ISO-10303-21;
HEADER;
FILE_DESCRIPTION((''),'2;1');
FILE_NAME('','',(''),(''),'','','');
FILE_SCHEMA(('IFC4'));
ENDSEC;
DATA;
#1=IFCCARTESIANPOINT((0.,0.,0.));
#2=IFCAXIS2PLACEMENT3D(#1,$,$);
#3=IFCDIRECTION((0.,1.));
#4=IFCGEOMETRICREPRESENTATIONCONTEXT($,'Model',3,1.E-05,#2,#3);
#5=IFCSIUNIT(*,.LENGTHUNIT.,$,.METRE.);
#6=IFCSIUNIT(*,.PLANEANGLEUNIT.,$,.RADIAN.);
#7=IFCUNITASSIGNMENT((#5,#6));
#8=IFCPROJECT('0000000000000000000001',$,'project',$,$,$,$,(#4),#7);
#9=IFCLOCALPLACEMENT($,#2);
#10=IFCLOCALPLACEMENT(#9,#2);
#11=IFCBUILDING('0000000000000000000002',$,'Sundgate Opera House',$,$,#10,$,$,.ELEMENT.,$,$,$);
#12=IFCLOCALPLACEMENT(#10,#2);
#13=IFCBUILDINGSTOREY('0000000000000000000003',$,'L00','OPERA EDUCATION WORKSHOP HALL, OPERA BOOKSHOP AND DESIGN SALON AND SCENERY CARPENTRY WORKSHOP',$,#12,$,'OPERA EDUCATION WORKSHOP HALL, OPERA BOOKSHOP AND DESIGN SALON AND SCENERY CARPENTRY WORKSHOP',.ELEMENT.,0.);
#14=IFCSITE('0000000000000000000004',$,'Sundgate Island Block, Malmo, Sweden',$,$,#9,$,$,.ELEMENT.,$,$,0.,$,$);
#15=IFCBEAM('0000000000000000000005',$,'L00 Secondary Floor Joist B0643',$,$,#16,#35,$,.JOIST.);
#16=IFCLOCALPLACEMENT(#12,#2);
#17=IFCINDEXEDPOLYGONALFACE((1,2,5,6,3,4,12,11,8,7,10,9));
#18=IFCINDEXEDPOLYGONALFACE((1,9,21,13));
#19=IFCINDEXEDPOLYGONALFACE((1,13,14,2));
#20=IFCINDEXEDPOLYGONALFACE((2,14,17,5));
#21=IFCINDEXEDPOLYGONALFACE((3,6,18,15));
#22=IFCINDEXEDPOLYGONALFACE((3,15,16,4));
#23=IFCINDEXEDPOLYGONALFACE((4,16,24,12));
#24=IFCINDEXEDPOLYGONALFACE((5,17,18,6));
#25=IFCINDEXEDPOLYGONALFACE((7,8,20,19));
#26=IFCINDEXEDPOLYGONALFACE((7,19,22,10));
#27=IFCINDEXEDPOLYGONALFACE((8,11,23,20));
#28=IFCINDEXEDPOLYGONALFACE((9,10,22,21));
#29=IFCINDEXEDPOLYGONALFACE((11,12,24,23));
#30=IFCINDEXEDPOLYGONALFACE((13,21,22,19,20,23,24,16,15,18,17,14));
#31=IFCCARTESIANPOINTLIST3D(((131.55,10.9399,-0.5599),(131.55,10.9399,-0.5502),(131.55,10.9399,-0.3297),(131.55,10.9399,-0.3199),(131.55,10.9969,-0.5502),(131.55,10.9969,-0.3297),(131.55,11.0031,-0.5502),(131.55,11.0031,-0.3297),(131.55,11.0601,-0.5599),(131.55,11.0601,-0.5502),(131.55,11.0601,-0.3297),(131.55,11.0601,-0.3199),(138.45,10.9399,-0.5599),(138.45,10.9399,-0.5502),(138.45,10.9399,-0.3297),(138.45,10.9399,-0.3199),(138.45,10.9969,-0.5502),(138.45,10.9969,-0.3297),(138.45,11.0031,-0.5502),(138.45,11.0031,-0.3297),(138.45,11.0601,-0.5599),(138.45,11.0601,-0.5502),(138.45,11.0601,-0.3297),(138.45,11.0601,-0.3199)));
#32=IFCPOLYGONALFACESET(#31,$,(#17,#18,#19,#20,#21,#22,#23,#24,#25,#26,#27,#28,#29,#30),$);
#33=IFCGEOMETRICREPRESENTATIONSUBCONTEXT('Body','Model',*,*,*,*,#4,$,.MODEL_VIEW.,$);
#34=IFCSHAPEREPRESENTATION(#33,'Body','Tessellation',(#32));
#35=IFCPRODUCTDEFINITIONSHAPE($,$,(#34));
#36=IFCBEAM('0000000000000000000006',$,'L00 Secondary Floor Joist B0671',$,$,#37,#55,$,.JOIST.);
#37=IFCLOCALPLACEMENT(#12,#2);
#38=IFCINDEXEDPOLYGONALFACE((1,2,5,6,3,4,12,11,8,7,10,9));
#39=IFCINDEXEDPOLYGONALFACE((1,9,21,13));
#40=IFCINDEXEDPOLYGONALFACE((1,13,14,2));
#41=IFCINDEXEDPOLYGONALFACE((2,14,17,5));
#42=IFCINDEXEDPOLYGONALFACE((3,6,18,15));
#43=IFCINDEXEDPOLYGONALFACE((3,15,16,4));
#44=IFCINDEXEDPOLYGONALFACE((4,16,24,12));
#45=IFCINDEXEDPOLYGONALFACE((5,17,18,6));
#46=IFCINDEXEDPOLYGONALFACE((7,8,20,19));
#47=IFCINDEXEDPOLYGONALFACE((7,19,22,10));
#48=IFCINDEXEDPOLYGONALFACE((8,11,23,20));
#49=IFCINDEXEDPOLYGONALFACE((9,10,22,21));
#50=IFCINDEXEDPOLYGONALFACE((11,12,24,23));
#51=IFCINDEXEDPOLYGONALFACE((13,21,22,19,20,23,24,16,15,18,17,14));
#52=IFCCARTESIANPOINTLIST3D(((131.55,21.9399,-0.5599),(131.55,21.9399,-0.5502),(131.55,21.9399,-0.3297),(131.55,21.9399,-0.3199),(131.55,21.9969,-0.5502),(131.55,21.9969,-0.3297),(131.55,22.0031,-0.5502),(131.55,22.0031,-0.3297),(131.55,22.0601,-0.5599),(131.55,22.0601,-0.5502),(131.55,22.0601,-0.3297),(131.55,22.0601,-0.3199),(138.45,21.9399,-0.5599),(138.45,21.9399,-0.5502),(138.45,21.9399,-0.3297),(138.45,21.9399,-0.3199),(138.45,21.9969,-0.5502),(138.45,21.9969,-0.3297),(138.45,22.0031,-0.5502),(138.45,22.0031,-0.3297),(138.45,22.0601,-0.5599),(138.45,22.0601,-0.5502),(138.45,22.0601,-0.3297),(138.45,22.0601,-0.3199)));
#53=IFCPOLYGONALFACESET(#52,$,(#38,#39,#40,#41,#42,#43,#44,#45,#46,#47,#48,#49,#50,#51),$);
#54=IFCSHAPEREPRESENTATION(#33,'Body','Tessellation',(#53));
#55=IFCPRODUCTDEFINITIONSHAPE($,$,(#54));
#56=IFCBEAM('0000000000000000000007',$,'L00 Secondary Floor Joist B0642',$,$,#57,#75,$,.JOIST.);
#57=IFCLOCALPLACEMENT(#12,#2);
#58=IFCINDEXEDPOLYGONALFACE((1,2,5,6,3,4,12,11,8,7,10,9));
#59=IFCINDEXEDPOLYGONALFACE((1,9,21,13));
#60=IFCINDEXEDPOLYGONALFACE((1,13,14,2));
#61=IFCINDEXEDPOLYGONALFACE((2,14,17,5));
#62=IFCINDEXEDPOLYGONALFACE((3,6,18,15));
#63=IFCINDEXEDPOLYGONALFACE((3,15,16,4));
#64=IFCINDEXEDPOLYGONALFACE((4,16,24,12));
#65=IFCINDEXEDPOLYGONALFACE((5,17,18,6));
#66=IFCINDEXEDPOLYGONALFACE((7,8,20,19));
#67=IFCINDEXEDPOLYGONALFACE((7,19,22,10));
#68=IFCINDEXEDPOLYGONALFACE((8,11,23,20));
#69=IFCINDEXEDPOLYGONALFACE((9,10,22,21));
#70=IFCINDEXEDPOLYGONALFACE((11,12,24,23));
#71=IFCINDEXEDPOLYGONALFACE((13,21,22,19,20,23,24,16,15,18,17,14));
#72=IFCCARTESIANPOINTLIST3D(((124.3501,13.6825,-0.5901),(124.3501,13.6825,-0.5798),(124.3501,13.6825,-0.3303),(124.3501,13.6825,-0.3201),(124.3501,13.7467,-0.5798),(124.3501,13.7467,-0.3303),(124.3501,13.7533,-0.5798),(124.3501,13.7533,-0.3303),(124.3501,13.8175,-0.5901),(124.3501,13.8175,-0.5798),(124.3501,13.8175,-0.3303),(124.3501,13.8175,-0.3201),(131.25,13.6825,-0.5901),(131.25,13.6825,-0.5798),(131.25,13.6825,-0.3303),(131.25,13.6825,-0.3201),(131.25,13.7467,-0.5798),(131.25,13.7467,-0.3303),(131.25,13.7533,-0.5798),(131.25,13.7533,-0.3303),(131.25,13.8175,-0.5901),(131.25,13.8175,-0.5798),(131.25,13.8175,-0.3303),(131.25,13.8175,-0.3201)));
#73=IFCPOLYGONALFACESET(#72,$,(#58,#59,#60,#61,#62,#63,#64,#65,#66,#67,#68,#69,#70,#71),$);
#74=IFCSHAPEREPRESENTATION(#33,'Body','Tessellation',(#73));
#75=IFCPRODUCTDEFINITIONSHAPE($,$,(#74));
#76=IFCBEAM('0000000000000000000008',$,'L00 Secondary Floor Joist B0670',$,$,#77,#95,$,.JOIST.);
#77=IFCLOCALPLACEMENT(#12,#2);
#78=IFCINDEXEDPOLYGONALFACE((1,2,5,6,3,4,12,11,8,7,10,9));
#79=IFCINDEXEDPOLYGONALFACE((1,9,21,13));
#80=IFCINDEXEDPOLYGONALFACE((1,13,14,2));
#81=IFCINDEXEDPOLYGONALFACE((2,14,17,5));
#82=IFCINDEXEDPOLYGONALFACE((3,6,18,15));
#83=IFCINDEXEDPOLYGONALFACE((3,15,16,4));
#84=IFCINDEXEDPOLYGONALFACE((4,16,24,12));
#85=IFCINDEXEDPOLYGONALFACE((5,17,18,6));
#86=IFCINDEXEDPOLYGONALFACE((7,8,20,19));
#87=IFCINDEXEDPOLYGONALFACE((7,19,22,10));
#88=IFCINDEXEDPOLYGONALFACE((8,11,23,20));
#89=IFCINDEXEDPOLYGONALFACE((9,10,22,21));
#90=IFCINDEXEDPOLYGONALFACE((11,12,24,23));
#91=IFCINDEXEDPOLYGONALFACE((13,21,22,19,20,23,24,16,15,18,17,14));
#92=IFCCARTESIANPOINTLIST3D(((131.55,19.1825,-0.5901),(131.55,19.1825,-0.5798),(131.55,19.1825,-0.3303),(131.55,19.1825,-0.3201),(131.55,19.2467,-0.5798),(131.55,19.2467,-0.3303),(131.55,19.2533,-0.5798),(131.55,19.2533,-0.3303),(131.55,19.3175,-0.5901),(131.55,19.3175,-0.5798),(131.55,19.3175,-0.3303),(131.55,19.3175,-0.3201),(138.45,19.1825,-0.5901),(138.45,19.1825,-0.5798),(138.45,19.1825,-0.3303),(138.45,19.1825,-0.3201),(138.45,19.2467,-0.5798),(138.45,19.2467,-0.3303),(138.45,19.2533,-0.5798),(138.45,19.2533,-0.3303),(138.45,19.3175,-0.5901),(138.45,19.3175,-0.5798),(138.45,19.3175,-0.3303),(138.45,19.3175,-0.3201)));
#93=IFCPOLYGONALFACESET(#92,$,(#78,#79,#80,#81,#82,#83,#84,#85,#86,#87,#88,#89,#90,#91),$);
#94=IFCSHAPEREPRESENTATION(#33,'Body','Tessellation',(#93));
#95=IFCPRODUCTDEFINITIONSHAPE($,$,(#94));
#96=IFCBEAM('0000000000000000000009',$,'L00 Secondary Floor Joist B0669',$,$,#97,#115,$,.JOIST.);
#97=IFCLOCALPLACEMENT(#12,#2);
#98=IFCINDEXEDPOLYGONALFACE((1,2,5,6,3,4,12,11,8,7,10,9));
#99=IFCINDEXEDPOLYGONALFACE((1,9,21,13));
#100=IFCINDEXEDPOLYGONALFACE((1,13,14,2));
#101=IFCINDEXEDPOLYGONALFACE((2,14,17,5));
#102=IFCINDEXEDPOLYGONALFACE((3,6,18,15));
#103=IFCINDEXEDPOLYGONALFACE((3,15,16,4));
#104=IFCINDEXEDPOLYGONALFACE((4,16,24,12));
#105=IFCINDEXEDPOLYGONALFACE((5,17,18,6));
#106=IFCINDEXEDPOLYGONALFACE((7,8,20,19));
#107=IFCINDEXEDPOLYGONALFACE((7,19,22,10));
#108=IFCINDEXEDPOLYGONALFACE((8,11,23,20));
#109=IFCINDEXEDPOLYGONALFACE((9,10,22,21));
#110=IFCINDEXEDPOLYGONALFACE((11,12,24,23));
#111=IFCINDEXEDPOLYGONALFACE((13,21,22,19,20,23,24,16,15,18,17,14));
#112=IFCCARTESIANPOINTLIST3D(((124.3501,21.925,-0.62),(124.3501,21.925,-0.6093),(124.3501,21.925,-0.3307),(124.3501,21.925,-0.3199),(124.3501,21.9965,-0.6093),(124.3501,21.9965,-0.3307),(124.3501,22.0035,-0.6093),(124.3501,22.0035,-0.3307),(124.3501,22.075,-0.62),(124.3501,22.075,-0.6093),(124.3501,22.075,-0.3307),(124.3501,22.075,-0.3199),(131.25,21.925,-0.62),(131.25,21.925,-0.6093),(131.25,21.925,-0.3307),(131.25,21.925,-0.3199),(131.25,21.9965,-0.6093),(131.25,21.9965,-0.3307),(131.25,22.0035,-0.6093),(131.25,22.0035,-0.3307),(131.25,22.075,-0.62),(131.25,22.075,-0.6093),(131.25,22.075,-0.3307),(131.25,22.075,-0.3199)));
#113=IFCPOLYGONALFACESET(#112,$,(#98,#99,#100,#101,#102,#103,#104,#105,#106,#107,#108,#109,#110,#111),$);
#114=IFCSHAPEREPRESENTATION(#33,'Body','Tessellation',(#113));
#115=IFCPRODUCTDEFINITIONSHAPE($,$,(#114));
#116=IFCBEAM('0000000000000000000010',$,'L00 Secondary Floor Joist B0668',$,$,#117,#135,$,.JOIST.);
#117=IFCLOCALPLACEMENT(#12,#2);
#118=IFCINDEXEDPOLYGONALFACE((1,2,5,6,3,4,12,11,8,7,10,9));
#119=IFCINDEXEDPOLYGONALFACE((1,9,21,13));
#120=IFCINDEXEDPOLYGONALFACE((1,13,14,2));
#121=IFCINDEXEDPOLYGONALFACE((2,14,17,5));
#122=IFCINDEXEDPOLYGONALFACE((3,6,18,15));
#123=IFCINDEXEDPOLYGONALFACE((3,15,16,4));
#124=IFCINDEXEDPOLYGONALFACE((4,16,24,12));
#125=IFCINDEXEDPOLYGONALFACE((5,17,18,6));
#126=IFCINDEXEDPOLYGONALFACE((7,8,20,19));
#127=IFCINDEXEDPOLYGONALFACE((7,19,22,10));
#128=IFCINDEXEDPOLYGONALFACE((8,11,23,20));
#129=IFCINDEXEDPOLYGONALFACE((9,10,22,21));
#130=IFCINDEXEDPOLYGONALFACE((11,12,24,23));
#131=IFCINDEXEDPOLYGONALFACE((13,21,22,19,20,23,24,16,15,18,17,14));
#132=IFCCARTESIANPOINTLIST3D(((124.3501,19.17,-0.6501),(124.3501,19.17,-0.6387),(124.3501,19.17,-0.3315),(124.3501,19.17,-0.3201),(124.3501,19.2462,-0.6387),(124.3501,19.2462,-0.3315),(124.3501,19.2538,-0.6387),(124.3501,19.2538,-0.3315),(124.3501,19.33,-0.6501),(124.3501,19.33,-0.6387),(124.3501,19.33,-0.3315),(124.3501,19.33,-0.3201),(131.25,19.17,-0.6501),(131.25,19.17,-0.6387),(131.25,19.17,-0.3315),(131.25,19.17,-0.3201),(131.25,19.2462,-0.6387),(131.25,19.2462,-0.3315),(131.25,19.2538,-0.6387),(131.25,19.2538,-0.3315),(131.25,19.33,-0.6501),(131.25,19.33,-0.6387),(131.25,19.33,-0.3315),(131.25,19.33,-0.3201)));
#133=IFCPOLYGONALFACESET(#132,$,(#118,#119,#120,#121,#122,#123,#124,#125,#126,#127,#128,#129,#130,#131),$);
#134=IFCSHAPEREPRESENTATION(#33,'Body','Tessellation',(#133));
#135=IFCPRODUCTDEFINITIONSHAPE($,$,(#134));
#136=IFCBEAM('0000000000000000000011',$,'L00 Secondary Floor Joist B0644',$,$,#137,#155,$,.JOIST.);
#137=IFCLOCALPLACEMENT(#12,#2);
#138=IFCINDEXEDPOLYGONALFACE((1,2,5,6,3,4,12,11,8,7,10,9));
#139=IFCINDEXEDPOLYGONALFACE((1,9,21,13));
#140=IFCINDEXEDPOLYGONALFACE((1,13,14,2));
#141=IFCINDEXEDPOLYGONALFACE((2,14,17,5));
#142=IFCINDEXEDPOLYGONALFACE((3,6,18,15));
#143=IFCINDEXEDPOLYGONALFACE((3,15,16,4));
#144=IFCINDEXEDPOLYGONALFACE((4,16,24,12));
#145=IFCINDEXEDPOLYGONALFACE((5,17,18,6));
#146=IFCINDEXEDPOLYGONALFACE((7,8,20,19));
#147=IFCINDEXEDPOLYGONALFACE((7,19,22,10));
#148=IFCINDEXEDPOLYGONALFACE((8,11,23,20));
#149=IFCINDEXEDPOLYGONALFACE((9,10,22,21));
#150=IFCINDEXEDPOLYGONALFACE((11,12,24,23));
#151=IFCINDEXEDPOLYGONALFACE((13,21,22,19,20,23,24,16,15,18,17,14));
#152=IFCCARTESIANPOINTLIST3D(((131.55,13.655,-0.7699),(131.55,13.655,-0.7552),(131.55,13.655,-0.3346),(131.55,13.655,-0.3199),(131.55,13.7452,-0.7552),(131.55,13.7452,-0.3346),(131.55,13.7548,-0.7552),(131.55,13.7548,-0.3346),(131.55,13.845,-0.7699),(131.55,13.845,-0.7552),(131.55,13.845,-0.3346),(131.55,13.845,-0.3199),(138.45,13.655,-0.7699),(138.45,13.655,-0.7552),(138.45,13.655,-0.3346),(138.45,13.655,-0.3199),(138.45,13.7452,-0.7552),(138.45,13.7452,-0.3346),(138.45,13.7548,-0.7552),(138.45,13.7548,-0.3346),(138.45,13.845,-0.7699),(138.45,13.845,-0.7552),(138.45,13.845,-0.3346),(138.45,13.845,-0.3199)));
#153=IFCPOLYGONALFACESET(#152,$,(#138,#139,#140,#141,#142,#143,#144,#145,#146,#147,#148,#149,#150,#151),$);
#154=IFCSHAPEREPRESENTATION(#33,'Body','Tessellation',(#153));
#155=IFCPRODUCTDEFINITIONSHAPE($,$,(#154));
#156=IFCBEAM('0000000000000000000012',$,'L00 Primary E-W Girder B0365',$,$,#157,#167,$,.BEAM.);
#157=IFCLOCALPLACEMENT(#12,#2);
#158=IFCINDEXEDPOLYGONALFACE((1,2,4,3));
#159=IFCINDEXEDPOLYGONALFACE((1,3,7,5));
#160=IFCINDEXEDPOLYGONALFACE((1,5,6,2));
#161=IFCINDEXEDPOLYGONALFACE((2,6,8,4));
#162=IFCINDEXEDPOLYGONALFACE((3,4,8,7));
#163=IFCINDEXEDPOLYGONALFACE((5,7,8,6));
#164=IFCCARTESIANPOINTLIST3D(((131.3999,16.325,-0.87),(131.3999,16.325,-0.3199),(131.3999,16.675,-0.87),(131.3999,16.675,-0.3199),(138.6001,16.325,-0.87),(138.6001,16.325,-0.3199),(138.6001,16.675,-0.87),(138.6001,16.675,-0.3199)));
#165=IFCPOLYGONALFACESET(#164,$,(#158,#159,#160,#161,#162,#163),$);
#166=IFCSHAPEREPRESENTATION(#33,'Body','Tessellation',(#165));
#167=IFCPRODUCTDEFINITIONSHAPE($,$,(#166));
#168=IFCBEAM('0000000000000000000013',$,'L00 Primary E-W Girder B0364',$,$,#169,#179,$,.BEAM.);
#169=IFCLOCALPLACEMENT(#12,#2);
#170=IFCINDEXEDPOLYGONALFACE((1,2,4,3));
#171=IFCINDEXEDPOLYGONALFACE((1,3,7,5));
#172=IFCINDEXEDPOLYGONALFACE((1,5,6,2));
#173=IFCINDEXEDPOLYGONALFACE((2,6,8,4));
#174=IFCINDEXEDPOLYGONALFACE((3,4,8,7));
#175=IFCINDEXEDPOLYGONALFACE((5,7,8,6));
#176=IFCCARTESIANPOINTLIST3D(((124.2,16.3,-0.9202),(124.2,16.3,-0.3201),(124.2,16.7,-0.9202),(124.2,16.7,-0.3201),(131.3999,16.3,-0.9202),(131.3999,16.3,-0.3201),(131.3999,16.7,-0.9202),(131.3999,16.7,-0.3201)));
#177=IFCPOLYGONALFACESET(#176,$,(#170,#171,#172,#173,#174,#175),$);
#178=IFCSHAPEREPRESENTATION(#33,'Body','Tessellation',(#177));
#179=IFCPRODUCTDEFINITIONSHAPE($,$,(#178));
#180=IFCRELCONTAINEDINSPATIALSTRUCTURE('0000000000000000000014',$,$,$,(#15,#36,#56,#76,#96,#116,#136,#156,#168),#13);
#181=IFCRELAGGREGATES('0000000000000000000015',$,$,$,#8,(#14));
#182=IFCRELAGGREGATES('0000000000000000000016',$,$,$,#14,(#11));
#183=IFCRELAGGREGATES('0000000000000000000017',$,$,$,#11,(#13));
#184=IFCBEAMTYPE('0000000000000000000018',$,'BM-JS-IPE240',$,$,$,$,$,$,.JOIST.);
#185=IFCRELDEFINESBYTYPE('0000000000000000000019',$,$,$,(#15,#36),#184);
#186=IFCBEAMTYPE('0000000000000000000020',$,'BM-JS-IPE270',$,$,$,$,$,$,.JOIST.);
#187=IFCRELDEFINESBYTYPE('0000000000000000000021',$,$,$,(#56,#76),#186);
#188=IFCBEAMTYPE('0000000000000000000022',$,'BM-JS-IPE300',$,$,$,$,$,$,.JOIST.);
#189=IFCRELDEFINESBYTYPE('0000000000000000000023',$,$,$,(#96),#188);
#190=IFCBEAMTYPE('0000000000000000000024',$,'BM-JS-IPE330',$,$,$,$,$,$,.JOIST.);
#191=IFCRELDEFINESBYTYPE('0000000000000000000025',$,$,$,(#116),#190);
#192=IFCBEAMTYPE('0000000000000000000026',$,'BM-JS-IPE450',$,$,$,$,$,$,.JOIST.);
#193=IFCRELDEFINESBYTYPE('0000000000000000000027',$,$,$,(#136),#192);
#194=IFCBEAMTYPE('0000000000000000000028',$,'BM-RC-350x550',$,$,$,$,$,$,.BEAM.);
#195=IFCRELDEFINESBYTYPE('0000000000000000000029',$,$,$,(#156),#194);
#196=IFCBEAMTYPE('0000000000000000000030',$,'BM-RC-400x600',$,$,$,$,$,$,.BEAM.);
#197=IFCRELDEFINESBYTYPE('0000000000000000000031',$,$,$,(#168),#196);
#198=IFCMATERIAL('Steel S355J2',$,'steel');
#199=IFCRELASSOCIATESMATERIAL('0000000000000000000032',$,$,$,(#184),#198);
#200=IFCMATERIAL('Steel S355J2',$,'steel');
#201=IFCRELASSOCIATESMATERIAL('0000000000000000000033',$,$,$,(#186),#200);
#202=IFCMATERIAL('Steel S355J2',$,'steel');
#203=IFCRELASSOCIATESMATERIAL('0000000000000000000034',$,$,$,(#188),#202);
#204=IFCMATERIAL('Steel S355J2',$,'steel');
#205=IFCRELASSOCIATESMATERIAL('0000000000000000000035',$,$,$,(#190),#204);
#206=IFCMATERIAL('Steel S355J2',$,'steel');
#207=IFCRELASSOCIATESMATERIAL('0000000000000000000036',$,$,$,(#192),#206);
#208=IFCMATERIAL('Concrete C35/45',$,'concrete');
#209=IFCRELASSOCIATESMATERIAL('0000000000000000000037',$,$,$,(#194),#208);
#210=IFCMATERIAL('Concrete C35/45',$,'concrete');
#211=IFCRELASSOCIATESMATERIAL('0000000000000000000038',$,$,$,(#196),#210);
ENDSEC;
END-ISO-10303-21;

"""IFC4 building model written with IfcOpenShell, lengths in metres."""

from ifc_helpers import new_model, si_unit, direction, frame, origin, origin_2d, place, context, subcontext, project, spatial, rectangle, i_section, extrude, material, material_profile, profile_set, type_object, element, save


model = new_model("IFC4")

# Units and contexts
model_context = context("Model", 3, precision=1e-05, world=origin(), true_north=direction((0.0, 1.0)))
body_context = subcontext(model_context, "Body", "Model", "MODEL_VIEW")
ifc_project = project(units=[si_unit("LENGTHUNIT", "METRE"), si_unit("PLANEANGLEUNIT", "RADIAN")], contexts=[model_context])

# Site, building, storey
site_placement = place(None, origin())
site = spatial("IfcSite", under=ifc_project, at=site_placement, Name="Sundgate Island Block, Malmo, Sweden", CompositionType="ELEMENT", RefElevation=0.0)
building_placement = place(site_placement, origin())
building = spatial("IfcBuilding", under=site, at=building_placement, Name="Sundgate Opera House", CompositionType="ELEMENT")
storey_placement = place(building_placement, origin())
storey = spatial("IfcBuildingStorey", under=building, at=storey_placement, Name="L00", Description="OPERA EDUCATION WORKSHOP HALL, OPERA BOOKSHOP AND DESIGN SALON AND SCENERY CARPENTRY WORKSHOP", LongName="OPERA EDUCATION WORKSHOP HALL, OPERA BOOKSHOP AND DESIGN SALON AND SCENERY CARPENTRY WORKSHOP", CompositionType="ELEMENT", Elevation=0.0)

# Beams
ifc_material_1 = material(Name="Steel S355J2", Category="steel")
ifc_material_profile_1 = material_profile(ifc_material_1, i_section(OverallWidth=0.1201, OverallDepth=0.24, WebThickness=0.0061, FlangeThickness=0.0098, at=origin_2d()), Name="IPE 240")
ifc_profile_set_1 = profile_set([ifc_material_profile_1], Name="Steel S355J2")
beam_type_1 = type_object("IfcBeamType", Name="BM-JS-IPE240", PredefinedType="JOIST", material=ifc_profile_set_1)
for number, where, z_axis, x_axis, name in (
    (1, (131.55, 11.0, -0.4399), (1.0, 0.0, 0.0), (0.0, 1.0, 0.0), "L00 Secondary Floor Joist B0643"),
    (2, (131.55, 22.0, -0.4399), (1.0, 0.0, 0.0), (0.0, 1.0, 0.0), "L00 Secondary Floor Joist B0671"),
):
    element("IfcBeam", number, at=place(storey_placement, frame(where, z_axis=z_axis, x_axis=x_axis)), inside=storey, type_object=beam_type_1, Name=name, PredefinedType="JOIST", context=body_context, shape_type="SweptSolid", body=[
        extrude(i_section(OverallWidth=0.1201, OverallDepth=0.24, WebThickness=0.0061, FlangeThickness=0.0098, at=origin_2d()), origin(), (0.0, 0.0, 1.0), 6.8999),
    ])
ifc_material_2 = material(Name="Steel S355J2", Category="steel")
ifc_material_profile_2 = material_profile(ifc_material_2, i_section(OverallWidth=0.135, OverallDepth=0.27, WebThickness=0.0066, FlangeThickness=0.0103, at=origin_2d()), Name="IPE 270")
ifc_profile_set_2 = profile_set([ifc_material_profile_2], Name="Steel S355J2")
beam_type_2 = type_object("IfcBeamType", Name="BM-JS-IPE270", PredefinedType="JOIST", material=ifc_profile_set_2)
for number, where, z_axis, x_axis, name in (
    (3, (124.3501, 13.75, -0.4551), (1.0, 0.0, 0.0), (0.0, 1.0, 0.0), "L00 Secondary Floor Joist B0642"),
    (4, (131.55, 19.25, -0.4551), (1.0, 0.0, 0.0), (0.0, 1.0, 0.0), "L00 Secondary Floor Joist B0670"),
):
    element("IfcBeam", number, at=place(storey_placement, frame(where, z_axis=z_axis, x_axis=x_axis)), inside=storey, type_object=beam_type_2, Name=name, PredefinedType="JOIST", context=body_context, shape_type="SweptSolid", body=[
        extrude(i_section(OverallWidth=0.135, OverallDepth=0.27, WebThickness=0.0066, FlangeThickness=0.0103, at=origin_2d()), origin(), (0.0, 0.0, 1.0), 6.8999),
    ])
ifc_material_3 = material(Name="Steel S355J2", Category="steel")
ifc_material_profile_3 = material_profile(ifc_material_3, i_section(OverallWidth=0.1499, OverallDepth=0.3, WebThickness=0.0071, FlangeThickness=0.0107, at=origin_2d()), Name="IPE 300")
ifc_profile_set_3 = profile_set([ifc_material_profile_3], Name="Steel S355J2")
beam_type_3 = type_object("IfcBeamType", Name="BM-JS-IPE300", PredefinedType="JOIST", material=ifc_profile_set_3)
beam_1_placement = place(storey_placement, frame((124.3501, 22.0, -0.47), z_axis=(1.0, 0.0, 0.0), x_axis=(0.0, 1.0, 0.0)))
element("IfcBeam", 5, at=beam_1_placement, inside=storey, type_object=beam_type_3, Name="L00 Secondary Floor Joist B0669", PredefinedType="JOIST", context=body_context, shape_type="SweptSolid", body=[
    extrude(i_section(OverallWidth=0.1499, OverallDepth=0.3, WebThickness=0.0071, FlangeThickness=0.0107, at=origin_2d()), origin(), (0.0, 0.0, 1.0), 6.8999),
])
ifc_material_4 = material(Name="Steel S355J2", Category="steel")
ifc_material_profile_4 = material_profile(ifc_material_4, i_section(OverallWidth=0.1599, OverallDepth=0.3301, WebThickness=0.0076, FlangeThickness=0.0115, at=origin_2d()), Name="IPE 330")
ifc_profile_set_4 = profile_set([ifc_material_profile_4], Name="Steel S355J2")
beam_type_4 = type_object("IfcBeamType", Name="BM-JS-IPE330", PredefinedType="JOIST", material=ifc_profile_set_4)
beam_2_placement = place(storey_placement, frame((124.3501, 19.25, -0.4851), z_axis=(1.0, 0.0, 0.0), x_axis=(0.0, 1.0, 0.0)))
element("IfcBeam", 6, at=beam_2_placement, inside=storey, type_object=beam_type_4, Name="L00 Secondary Floor Joist B0668", PredefinedType="JOIST", context=body_context, shape_type="SweptSolid", body=[
    extrude(i_section(OverallWidth=0.1599, OverallDepth=0.3301, WebThickness=0.0076, FlangeThickness=0.0115, at=origin_2d()), origin(), (0.0, 0.0, 1.0), 6.8999),
])
ifc_material_5 = material(Name="Steel S355J2", Category="steel")
ifc_material_profile_5 = material_profile(ifc_material_5, i_section(OverallWidth=0.1899, OverallDepth=0.45, WebThickness=0.0095, FlangeThickness=0.0146, at=origin_2d()), Name="IPE 450")
ifc_profile_set_5 = profile_set([ifc_material_profile_5], Name="Steel S355J2")
beam_type_5 = type_object("IfcBeamType", Name="BM-JS-IPE450", PredefinedType="JOIST", material=ifc_profile_set_5)
beam_3_placement = place(storey_placement, frame((131.55, 13.75, -0.5449), z_axis=(1.0, 0.0, 0.0), x_axis=(0.0, 1.0, 0.0)))
element("IfcBeam", 7, at=beam_3_placement, inside=storey, type_object=beam_type_5, Name="L00 Secondary Floor Joist B0644", PredefinedType="JOIST", context=body_context, shape_type="SweptSolid", body=[
    extrude(i_section(OverallWidth=0.1899, OverallDepth=0.45, WebThickness=0.0095, FlangeThickness=0.0146, at=origin_2d()), origin(), (0.0, 0.0, 1.0), 6.8999),
])
ifc_material_6 = material(Name="Concrete C35/45", Category="concrete")
ifc_material_profile_6 = material_profile(ifc_material_6, rectangle(XDim=0.3501, YDim=0.55, at=origin_2d()), Name="RC 350x550")
ifc_profile_set_6 = profile_set([ifc_material_profile_6], Name="Concrete C35/45")
beam_type_6 = type_object("IfcBeamType", Name="BM-RC-350x550", PredefinedType="BEAM", material=ifc_profile_set_6)
beam_4_placement = place(storey_placement, frame((131.3999, 16.5, -0.595), z_axis=(1.0, 0.0, 0.0), x_axis=(0.0, 1.0, 0.0)))
element("IfcBeam", 8, at=beam_4_placement, inside=storey, type_object=beam_type_6, Name="L00 Primary E-W Girder B0365", PredefinedType="BEAM", context=body_context, shape_type="SweptSolid", body=[
    extrude(rectangle(XDim=0.3501, YDim=0.55, at=origin_2d()), origin(), (0.0, 0.0, 1.0), 7.2002),
])
ifc_material_7 = material(Name="Concrete C35/45", Category="concrete")
ifc_material_profile_7 = material_profile(ifc_material_7, rectangle(XDim=0.3999, YDim=0.6001, at=origin_2d()), Name="RC 400x600")
ifc_profile_set_7 = profile_set([ifc_material_profile_7], Name="Concrete C35/45")
beam_type_7 = type_object("IfcBeamType", Name="BM-RC-400x600", PredefinedType="BEAM", material=ifc_profile_set_7)
beam_5_placement = place(storey_placement, frame((124.2, 16.5, -0.6201), z_axis=(1.0, 0.0, 0.0), x_axis=(0.0, 1.0, 0.0)))
element("IfcBeam", 9, at=beam_5_placement, inside=storey, type_object=beam_type_7, Name="L00 Primary E-W Girder B0364", PredefinedType="BEAM", context=body_context, shape_type="SweptSolid", body=[
    extrude(rectangle(XDim=0.3999, YDim=0.6001, at=origin_2d()), origin(), (0.0, 0.0, 1.0), 7.2),
])

save(model, "model.ifc")
